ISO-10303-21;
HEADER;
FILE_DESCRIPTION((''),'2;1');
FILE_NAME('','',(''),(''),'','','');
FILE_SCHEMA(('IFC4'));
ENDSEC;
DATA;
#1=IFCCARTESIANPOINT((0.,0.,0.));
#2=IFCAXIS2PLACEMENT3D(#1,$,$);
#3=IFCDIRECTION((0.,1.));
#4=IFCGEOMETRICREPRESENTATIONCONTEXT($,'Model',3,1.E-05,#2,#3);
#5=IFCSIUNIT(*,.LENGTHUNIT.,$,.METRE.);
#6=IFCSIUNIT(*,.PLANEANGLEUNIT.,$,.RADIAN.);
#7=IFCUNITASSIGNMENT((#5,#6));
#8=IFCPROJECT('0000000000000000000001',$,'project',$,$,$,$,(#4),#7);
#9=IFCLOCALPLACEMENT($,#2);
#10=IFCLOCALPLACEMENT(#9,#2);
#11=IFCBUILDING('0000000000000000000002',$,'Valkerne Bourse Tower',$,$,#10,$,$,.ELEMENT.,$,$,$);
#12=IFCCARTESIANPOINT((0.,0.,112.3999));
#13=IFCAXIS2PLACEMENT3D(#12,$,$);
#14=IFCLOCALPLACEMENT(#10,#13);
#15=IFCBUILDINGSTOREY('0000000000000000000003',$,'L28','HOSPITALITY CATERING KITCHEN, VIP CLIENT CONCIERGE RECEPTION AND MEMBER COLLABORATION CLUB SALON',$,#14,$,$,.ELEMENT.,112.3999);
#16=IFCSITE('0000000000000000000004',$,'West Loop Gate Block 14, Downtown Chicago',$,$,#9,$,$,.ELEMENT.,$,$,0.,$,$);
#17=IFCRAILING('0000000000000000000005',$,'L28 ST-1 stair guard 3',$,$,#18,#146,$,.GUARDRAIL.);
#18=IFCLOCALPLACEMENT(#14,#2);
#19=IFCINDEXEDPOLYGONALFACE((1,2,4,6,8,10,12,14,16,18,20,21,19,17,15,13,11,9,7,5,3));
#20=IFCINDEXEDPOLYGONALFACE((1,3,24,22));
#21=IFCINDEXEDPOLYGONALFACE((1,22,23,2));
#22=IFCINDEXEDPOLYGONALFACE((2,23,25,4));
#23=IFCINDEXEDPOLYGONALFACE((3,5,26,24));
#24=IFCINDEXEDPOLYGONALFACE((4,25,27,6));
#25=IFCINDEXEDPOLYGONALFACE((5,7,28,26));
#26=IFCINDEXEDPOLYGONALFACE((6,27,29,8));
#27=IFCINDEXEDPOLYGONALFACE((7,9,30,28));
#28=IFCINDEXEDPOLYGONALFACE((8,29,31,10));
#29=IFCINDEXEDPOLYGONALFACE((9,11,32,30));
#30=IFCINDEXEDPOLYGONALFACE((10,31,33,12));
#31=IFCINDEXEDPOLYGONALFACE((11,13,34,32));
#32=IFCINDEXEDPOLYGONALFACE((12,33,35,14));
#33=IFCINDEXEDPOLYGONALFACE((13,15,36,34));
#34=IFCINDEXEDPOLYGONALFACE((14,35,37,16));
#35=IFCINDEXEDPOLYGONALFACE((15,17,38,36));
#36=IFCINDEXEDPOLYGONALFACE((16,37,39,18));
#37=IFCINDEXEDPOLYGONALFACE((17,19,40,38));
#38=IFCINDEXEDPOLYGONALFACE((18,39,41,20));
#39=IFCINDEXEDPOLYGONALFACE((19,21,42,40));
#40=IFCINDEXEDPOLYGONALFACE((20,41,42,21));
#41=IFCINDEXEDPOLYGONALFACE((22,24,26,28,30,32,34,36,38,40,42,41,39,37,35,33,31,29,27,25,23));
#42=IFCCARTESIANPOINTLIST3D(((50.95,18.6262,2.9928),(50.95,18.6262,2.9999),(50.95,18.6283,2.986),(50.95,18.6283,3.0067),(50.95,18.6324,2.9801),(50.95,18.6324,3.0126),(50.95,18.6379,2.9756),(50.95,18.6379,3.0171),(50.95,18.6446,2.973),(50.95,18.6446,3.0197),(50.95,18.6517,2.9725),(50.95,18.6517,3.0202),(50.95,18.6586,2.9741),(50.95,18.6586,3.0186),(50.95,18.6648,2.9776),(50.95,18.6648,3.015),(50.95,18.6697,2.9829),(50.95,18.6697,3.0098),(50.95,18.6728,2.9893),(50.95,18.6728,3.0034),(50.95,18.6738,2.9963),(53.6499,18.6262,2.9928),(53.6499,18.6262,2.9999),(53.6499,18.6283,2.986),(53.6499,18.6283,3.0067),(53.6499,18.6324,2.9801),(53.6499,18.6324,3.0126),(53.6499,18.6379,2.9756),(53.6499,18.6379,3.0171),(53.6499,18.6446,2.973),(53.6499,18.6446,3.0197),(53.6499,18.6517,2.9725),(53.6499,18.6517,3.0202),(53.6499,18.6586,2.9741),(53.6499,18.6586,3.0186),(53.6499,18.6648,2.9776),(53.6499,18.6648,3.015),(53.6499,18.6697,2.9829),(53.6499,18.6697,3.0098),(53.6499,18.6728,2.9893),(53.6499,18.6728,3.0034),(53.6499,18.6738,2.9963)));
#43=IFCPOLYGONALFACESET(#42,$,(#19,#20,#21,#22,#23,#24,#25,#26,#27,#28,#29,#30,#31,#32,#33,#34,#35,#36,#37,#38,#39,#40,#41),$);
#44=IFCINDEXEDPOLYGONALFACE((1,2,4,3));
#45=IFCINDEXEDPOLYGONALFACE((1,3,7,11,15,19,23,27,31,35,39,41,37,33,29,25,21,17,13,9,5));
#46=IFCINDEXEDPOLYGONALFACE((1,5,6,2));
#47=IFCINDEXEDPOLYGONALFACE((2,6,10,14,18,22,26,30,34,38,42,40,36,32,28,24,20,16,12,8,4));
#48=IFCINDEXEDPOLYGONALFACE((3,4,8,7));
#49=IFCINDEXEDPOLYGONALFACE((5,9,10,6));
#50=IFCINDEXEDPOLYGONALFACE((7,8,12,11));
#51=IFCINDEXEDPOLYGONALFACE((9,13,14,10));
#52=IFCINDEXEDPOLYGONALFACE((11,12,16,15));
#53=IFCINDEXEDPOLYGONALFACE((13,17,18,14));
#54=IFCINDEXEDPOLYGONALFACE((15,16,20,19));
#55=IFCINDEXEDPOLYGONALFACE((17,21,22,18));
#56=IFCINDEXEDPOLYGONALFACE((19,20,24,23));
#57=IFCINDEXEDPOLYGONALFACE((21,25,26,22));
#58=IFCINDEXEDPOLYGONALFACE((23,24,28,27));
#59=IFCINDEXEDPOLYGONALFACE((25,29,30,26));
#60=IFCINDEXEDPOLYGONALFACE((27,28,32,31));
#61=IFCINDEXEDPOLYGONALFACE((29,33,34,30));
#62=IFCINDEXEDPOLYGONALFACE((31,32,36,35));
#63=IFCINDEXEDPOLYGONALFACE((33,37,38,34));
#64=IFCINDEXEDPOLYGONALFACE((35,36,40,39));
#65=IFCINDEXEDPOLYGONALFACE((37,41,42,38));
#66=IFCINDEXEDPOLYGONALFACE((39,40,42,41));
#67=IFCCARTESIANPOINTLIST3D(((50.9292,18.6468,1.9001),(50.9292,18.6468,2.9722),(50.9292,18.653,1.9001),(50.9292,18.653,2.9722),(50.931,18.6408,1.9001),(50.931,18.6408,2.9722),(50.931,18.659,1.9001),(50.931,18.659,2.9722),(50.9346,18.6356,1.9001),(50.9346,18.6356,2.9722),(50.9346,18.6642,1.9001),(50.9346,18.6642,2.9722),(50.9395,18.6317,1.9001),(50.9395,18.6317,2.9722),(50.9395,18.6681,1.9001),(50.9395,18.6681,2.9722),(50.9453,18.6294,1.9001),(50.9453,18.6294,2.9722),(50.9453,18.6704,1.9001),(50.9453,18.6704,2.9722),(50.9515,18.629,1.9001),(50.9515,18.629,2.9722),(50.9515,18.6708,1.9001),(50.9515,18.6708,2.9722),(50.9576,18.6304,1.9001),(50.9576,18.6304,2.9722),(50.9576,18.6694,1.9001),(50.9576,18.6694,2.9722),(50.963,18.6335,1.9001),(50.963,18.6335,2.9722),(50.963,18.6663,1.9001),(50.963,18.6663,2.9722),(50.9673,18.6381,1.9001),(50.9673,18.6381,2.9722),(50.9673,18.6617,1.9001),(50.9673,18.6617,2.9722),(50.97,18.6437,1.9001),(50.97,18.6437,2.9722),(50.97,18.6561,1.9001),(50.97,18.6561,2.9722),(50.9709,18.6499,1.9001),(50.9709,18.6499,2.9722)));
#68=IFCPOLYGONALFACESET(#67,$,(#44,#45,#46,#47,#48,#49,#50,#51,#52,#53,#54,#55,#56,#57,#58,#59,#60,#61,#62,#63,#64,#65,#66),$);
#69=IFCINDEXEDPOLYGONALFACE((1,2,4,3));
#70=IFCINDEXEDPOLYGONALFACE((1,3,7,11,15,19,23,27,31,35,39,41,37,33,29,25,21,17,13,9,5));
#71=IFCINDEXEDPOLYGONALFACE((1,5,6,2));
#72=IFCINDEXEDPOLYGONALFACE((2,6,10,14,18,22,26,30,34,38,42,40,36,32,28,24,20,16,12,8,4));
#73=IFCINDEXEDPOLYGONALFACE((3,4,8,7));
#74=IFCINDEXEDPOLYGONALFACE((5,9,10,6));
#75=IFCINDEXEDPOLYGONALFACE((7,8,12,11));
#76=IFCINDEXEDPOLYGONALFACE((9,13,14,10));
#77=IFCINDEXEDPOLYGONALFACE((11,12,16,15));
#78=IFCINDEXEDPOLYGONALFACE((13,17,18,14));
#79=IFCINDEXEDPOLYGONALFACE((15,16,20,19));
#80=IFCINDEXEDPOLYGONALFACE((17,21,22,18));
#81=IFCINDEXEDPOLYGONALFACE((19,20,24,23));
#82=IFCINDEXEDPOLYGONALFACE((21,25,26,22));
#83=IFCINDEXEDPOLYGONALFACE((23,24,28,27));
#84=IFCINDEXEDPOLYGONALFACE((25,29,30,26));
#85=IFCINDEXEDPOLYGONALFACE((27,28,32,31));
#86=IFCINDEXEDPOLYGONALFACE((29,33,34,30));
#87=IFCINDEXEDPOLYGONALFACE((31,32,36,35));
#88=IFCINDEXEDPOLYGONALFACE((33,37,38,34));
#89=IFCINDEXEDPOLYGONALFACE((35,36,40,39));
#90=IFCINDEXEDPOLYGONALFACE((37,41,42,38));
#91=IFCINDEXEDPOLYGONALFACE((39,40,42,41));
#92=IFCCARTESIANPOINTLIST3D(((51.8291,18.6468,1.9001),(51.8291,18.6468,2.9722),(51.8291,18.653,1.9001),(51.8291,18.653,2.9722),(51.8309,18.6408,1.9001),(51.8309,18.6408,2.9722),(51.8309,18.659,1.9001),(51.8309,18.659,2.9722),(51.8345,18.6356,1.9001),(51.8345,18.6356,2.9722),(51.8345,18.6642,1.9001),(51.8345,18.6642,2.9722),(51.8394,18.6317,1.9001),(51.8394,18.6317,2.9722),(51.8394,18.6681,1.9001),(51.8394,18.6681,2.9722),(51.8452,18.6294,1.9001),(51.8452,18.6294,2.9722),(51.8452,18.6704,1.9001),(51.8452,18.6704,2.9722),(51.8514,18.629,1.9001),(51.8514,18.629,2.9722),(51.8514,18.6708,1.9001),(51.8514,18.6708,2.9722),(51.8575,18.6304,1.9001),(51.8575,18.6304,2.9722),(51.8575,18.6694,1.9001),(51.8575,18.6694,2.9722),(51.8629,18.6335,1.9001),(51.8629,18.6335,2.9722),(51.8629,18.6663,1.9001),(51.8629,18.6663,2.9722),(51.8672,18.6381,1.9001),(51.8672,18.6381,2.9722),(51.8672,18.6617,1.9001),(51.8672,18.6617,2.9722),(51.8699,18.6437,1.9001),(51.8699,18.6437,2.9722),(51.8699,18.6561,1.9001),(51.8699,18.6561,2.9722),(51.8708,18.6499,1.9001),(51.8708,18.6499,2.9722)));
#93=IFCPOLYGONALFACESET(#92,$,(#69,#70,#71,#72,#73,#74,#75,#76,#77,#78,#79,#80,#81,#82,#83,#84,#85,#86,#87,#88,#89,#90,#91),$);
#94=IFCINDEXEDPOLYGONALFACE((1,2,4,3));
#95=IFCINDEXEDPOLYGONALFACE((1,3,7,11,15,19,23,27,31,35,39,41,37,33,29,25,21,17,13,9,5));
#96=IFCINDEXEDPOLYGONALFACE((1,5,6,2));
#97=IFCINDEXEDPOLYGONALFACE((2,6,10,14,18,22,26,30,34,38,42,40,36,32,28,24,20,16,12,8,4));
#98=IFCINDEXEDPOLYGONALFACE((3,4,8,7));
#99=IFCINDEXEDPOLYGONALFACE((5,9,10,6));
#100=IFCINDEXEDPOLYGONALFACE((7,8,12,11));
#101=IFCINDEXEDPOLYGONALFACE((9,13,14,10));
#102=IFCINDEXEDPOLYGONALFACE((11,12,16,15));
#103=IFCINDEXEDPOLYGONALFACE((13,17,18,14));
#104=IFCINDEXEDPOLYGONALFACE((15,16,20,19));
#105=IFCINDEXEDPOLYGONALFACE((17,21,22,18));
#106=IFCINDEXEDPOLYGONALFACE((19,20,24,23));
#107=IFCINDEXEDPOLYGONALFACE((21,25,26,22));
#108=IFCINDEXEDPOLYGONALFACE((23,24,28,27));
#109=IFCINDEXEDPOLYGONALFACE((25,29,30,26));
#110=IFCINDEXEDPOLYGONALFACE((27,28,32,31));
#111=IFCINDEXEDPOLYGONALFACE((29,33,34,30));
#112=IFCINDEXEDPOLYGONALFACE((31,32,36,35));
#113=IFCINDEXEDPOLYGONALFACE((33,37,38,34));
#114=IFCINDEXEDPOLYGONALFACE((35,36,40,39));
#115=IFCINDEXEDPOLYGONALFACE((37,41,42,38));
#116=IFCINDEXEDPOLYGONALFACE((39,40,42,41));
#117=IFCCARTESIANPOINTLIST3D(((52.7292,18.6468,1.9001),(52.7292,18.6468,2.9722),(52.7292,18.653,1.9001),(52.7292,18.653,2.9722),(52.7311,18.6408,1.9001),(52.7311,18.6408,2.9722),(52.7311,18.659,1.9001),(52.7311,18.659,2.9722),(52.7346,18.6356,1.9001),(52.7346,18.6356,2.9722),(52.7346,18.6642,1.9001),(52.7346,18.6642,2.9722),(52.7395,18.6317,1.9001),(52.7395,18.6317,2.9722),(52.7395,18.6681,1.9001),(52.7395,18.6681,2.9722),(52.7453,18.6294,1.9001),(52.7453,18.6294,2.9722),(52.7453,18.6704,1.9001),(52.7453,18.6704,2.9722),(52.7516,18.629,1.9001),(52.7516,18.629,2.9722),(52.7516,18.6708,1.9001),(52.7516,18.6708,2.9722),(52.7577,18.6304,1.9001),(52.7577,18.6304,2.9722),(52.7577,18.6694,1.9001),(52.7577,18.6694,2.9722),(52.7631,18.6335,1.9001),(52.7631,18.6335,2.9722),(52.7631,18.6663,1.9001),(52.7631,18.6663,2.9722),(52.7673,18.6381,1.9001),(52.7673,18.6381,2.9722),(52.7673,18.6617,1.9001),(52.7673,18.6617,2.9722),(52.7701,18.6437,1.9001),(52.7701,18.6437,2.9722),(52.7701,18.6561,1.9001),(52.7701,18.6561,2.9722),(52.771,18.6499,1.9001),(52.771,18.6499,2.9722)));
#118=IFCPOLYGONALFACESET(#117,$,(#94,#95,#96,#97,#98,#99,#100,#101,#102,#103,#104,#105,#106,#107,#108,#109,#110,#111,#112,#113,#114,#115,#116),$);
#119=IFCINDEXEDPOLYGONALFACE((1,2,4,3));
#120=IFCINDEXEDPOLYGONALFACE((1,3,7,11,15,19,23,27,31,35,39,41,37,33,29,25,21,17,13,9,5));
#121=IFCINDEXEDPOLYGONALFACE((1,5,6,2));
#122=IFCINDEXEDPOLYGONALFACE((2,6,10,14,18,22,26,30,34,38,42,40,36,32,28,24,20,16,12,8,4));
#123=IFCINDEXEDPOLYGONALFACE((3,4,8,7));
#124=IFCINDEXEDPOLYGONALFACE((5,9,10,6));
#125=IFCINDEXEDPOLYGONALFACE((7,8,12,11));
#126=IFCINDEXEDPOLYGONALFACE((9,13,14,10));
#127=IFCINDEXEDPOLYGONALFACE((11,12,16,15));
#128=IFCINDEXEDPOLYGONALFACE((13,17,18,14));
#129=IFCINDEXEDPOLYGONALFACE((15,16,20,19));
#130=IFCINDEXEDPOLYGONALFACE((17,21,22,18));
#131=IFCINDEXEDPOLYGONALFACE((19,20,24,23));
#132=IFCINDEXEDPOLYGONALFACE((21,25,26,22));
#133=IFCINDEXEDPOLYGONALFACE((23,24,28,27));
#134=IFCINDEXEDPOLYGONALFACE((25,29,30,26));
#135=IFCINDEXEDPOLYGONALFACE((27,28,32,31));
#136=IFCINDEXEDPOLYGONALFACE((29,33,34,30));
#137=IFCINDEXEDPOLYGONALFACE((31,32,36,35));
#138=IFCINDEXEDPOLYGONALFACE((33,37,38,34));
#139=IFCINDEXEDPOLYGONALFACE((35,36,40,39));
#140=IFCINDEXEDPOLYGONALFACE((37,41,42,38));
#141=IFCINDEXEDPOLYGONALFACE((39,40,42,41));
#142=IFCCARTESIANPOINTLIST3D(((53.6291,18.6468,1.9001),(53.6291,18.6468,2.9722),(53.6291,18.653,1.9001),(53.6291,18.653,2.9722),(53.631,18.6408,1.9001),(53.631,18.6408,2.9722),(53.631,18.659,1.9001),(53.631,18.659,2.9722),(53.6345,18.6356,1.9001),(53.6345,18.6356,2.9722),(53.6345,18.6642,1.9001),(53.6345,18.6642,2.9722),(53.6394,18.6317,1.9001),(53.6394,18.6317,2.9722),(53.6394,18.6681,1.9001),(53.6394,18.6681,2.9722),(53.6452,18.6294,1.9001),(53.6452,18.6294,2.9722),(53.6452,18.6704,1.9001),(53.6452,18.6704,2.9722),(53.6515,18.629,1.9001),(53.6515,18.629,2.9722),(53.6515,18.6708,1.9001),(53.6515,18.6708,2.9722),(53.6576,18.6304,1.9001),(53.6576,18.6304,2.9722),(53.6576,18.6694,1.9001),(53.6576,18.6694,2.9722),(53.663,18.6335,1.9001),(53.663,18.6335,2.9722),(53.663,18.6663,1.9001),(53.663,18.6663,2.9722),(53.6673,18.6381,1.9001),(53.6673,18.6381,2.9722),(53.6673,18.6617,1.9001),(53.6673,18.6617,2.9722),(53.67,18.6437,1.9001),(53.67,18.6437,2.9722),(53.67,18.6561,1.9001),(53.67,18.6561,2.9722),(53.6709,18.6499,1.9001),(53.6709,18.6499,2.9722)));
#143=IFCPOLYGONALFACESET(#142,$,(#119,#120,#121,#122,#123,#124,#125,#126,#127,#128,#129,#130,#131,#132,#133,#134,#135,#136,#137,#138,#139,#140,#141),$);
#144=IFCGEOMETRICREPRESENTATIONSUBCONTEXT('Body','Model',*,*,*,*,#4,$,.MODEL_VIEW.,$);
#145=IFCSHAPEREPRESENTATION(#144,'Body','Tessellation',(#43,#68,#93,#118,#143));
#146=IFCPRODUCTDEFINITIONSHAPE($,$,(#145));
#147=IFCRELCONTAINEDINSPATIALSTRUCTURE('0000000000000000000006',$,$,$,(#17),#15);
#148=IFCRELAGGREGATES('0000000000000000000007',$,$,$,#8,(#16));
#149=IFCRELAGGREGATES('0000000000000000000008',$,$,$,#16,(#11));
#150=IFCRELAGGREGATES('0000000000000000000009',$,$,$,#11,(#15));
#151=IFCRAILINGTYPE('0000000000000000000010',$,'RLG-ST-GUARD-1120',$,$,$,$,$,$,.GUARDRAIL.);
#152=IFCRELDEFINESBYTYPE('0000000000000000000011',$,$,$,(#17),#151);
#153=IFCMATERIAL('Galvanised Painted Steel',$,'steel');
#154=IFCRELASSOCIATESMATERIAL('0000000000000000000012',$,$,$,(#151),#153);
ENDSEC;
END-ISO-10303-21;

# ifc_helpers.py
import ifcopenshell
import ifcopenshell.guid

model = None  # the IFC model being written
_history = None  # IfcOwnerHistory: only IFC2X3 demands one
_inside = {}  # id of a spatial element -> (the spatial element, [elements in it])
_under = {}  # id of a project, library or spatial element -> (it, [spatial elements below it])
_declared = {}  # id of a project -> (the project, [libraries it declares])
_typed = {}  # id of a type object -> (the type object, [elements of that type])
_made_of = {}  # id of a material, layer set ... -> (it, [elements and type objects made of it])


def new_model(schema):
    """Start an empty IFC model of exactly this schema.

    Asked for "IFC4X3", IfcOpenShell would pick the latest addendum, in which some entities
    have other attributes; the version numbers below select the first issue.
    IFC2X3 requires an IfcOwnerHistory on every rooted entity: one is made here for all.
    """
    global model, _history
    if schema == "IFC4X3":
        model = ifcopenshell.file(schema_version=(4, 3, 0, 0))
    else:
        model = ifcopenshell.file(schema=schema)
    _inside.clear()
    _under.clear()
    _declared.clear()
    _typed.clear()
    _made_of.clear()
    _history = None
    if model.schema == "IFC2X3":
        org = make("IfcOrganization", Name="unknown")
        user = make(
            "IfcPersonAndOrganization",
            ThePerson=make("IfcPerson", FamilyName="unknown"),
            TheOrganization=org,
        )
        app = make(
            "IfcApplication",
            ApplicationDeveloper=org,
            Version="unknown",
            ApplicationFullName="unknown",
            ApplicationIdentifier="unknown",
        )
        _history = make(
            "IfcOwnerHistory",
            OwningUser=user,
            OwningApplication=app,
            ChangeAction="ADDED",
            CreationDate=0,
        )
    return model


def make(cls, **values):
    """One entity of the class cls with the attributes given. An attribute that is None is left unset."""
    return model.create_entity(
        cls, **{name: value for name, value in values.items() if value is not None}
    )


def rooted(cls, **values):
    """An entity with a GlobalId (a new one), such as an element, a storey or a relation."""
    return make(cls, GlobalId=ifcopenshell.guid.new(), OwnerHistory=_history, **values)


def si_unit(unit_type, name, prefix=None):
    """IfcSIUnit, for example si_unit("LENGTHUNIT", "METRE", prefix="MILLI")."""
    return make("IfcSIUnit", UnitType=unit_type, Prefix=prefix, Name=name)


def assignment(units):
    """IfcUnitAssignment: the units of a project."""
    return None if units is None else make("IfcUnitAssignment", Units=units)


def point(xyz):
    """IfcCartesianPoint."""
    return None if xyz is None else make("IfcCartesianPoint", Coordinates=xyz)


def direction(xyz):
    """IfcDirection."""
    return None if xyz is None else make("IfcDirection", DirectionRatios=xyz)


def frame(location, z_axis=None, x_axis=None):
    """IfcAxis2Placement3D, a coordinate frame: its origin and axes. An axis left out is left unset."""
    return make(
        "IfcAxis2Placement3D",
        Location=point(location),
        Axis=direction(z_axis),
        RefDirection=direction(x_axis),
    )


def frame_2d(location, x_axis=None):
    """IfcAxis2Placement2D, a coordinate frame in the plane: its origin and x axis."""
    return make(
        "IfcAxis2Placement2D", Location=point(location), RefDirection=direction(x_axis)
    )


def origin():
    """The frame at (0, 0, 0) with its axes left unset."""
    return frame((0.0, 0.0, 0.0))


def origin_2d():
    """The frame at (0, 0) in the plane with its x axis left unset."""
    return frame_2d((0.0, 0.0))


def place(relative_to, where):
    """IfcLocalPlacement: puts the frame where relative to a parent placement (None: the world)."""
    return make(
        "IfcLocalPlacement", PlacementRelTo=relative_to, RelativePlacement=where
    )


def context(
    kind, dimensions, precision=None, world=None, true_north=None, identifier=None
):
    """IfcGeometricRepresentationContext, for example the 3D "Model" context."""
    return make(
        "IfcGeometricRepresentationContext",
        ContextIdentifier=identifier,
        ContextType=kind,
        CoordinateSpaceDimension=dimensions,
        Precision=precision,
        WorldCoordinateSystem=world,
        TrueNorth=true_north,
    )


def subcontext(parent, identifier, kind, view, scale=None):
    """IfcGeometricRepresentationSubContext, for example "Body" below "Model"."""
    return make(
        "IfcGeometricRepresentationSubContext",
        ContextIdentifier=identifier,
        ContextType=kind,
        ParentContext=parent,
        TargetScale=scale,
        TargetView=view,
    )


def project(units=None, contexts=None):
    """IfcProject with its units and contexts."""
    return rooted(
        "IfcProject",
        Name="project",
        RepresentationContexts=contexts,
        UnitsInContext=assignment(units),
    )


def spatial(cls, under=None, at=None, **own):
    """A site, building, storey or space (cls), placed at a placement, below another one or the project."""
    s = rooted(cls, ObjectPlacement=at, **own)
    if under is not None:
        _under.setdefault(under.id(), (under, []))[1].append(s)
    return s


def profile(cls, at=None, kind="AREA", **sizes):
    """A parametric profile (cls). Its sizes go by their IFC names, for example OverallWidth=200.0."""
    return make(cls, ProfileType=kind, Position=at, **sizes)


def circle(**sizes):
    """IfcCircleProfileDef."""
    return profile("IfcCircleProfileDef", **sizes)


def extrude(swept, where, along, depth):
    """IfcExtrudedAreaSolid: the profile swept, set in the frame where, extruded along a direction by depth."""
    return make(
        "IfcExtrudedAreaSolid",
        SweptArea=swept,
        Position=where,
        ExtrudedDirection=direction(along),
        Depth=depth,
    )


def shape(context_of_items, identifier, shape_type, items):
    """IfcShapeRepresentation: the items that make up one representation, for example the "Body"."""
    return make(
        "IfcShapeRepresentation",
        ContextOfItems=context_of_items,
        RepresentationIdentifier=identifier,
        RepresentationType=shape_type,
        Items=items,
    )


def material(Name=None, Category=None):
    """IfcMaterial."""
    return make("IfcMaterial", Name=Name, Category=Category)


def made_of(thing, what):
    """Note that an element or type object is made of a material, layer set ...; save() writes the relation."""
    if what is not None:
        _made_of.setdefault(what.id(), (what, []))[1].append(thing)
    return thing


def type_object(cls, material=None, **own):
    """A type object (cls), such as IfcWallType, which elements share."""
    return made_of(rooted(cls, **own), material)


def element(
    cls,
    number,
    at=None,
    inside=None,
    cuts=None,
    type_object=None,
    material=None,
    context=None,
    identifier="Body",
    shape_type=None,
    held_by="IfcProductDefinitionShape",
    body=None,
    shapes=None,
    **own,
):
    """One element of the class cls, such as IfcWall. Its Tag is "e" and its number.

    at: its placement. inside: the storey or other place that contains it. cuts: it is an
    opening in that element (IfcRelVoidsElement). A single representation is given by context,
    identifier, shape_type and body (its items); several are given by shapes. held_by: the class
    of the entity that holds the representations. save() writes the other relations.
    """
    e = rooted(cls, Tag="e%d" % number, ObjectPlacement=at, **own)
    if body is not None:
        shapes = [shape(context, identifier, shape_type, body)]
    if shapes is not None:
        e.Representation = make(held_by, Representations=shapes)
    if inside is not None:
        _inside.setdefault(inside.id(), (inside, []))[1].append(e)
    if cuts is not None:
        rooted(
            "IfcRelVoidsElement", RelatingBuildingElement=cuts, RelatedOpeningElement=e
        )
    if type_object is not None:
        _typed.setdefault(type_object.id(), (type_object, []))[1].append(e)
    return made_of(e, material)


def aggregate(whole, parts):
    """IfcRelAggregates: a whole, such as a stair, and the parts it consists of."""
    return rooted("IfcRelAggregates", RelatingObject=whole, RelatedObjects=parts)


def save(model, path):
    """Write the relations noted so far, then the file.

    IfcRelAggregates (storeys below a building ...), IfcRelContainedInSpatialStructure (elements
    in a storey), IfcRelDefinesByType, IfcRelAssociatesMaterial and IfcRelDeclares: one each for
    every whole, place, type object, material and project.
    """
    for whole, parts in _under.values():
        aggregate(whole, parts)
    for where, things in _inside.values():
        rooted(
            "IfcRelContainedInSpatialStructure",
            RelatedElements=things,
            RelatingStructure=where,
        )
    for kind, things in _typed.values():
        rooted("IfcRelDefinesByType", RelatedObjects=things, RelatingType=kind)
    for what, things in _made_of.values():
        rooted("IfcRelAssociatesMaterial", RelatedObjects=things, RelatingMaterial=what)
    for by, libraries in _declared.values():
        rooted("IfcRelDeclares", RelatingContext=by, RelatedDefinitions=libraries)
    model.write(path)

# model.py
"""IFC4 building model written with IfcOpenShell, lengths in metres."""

from ifc_helpers import new_model, si_unit, direction, frame, origin, origin_2d, place, context, subcontext, project, spatial, circle, extrude, material, type_object, element, save


model = new_model("IFC4")

# Units and contexts
model_context = context("Model", 3, precision=1e-05, world=origin(), true_north=direction((0.0, 1.0)))
body_context = subcontext(model_context, "Body", "Model", "MODEL_VIEW")
ifc_project = project(units=[si_unit("LENGTHUNIT", "METRE"), si_unit("PLANEANGLEUNIT", "RADIAN")], contexts=[model_context])

# Site, building, storey
site_placement = place(None, origin())
site = spatial("IfcSite", under=ifc_project, at=site_placement, Name="West Loop Gate Block 14, Downtown Chicago", CompositionType="ELEMENT", RefElevation=0.0)
building_placement = place(site_placement, origin())
building = spatial("IfcBuilding", under=site, at=building_placement, Name="Valkerne Bourse Tower", CompositionType="ELEMENT")
storey_placement = place(building_placement, frame((0.0, 0.0, 112.3999)))
storey = spatial("IfcBuildingStorey", under=building, at=storey_placement, Name="L28", Description="HOSPITALITY CATERING KITCHEN, VIP CLIENT CONCIERGE RECEPTION AND MEMBER COLLABORATION CLUB SALON", CompositionType="ELEMENT", Elevation=112.3999)

# Shared definitions
ifc_material_1 = material(Name="Galvanised Painted Steel", Category="steel")

# Railing
railing_type_1 = type_object("IfcRailingType", Name="RLG-ST-GUARD-1120", PredefinedType="GUARDRAIL", material=ifc_material_1)
for number, where, name in (
    (1, (50.95, 18.6499, 1.9001), "L28 ST-1 stair guard 3"),
):
    element("IfcRailing", number, at=place(storey_placement, frame(where)), inside=storey, type_object=railing_type_1, Name=name, PredefinedType="GUARDRAIL", context=body_context, shape_type="SweptSolid", body=[
        extrude(circle(Radius=0.0239, at=origin_2d()), frame((0.0, 0.0, 1.0962), z_axis=(1.0, 0.0, 0.0), x_axis=(0.0, 1.0, 0.0)), (0.0, 0.0, 1.0), 2.7),
        extrude(circle(Radius=0.021, at=origin_2d()), origin(), (0.0, 0.0, 1.0), 1.072),
        extrude(circle(Radius=0.021, at=origin_2d()), frame((0.8999, 0.0, 0.0)), (0.0, 0.0, 1.0), 1.072),
        extrude(circle(Radius=0.021, at=origin_2d()), frame((1.8, 0.0, 0.0)), (0.0, 0.0, 1.0), 1.072),
        extrude(circle(Radius=0.021, at=origin_2d()), frame((2.7, 0.0, 0.0)), (0.0, 0.0, 1.0), 1.072),
    ])

save(model, "model.ifc")
